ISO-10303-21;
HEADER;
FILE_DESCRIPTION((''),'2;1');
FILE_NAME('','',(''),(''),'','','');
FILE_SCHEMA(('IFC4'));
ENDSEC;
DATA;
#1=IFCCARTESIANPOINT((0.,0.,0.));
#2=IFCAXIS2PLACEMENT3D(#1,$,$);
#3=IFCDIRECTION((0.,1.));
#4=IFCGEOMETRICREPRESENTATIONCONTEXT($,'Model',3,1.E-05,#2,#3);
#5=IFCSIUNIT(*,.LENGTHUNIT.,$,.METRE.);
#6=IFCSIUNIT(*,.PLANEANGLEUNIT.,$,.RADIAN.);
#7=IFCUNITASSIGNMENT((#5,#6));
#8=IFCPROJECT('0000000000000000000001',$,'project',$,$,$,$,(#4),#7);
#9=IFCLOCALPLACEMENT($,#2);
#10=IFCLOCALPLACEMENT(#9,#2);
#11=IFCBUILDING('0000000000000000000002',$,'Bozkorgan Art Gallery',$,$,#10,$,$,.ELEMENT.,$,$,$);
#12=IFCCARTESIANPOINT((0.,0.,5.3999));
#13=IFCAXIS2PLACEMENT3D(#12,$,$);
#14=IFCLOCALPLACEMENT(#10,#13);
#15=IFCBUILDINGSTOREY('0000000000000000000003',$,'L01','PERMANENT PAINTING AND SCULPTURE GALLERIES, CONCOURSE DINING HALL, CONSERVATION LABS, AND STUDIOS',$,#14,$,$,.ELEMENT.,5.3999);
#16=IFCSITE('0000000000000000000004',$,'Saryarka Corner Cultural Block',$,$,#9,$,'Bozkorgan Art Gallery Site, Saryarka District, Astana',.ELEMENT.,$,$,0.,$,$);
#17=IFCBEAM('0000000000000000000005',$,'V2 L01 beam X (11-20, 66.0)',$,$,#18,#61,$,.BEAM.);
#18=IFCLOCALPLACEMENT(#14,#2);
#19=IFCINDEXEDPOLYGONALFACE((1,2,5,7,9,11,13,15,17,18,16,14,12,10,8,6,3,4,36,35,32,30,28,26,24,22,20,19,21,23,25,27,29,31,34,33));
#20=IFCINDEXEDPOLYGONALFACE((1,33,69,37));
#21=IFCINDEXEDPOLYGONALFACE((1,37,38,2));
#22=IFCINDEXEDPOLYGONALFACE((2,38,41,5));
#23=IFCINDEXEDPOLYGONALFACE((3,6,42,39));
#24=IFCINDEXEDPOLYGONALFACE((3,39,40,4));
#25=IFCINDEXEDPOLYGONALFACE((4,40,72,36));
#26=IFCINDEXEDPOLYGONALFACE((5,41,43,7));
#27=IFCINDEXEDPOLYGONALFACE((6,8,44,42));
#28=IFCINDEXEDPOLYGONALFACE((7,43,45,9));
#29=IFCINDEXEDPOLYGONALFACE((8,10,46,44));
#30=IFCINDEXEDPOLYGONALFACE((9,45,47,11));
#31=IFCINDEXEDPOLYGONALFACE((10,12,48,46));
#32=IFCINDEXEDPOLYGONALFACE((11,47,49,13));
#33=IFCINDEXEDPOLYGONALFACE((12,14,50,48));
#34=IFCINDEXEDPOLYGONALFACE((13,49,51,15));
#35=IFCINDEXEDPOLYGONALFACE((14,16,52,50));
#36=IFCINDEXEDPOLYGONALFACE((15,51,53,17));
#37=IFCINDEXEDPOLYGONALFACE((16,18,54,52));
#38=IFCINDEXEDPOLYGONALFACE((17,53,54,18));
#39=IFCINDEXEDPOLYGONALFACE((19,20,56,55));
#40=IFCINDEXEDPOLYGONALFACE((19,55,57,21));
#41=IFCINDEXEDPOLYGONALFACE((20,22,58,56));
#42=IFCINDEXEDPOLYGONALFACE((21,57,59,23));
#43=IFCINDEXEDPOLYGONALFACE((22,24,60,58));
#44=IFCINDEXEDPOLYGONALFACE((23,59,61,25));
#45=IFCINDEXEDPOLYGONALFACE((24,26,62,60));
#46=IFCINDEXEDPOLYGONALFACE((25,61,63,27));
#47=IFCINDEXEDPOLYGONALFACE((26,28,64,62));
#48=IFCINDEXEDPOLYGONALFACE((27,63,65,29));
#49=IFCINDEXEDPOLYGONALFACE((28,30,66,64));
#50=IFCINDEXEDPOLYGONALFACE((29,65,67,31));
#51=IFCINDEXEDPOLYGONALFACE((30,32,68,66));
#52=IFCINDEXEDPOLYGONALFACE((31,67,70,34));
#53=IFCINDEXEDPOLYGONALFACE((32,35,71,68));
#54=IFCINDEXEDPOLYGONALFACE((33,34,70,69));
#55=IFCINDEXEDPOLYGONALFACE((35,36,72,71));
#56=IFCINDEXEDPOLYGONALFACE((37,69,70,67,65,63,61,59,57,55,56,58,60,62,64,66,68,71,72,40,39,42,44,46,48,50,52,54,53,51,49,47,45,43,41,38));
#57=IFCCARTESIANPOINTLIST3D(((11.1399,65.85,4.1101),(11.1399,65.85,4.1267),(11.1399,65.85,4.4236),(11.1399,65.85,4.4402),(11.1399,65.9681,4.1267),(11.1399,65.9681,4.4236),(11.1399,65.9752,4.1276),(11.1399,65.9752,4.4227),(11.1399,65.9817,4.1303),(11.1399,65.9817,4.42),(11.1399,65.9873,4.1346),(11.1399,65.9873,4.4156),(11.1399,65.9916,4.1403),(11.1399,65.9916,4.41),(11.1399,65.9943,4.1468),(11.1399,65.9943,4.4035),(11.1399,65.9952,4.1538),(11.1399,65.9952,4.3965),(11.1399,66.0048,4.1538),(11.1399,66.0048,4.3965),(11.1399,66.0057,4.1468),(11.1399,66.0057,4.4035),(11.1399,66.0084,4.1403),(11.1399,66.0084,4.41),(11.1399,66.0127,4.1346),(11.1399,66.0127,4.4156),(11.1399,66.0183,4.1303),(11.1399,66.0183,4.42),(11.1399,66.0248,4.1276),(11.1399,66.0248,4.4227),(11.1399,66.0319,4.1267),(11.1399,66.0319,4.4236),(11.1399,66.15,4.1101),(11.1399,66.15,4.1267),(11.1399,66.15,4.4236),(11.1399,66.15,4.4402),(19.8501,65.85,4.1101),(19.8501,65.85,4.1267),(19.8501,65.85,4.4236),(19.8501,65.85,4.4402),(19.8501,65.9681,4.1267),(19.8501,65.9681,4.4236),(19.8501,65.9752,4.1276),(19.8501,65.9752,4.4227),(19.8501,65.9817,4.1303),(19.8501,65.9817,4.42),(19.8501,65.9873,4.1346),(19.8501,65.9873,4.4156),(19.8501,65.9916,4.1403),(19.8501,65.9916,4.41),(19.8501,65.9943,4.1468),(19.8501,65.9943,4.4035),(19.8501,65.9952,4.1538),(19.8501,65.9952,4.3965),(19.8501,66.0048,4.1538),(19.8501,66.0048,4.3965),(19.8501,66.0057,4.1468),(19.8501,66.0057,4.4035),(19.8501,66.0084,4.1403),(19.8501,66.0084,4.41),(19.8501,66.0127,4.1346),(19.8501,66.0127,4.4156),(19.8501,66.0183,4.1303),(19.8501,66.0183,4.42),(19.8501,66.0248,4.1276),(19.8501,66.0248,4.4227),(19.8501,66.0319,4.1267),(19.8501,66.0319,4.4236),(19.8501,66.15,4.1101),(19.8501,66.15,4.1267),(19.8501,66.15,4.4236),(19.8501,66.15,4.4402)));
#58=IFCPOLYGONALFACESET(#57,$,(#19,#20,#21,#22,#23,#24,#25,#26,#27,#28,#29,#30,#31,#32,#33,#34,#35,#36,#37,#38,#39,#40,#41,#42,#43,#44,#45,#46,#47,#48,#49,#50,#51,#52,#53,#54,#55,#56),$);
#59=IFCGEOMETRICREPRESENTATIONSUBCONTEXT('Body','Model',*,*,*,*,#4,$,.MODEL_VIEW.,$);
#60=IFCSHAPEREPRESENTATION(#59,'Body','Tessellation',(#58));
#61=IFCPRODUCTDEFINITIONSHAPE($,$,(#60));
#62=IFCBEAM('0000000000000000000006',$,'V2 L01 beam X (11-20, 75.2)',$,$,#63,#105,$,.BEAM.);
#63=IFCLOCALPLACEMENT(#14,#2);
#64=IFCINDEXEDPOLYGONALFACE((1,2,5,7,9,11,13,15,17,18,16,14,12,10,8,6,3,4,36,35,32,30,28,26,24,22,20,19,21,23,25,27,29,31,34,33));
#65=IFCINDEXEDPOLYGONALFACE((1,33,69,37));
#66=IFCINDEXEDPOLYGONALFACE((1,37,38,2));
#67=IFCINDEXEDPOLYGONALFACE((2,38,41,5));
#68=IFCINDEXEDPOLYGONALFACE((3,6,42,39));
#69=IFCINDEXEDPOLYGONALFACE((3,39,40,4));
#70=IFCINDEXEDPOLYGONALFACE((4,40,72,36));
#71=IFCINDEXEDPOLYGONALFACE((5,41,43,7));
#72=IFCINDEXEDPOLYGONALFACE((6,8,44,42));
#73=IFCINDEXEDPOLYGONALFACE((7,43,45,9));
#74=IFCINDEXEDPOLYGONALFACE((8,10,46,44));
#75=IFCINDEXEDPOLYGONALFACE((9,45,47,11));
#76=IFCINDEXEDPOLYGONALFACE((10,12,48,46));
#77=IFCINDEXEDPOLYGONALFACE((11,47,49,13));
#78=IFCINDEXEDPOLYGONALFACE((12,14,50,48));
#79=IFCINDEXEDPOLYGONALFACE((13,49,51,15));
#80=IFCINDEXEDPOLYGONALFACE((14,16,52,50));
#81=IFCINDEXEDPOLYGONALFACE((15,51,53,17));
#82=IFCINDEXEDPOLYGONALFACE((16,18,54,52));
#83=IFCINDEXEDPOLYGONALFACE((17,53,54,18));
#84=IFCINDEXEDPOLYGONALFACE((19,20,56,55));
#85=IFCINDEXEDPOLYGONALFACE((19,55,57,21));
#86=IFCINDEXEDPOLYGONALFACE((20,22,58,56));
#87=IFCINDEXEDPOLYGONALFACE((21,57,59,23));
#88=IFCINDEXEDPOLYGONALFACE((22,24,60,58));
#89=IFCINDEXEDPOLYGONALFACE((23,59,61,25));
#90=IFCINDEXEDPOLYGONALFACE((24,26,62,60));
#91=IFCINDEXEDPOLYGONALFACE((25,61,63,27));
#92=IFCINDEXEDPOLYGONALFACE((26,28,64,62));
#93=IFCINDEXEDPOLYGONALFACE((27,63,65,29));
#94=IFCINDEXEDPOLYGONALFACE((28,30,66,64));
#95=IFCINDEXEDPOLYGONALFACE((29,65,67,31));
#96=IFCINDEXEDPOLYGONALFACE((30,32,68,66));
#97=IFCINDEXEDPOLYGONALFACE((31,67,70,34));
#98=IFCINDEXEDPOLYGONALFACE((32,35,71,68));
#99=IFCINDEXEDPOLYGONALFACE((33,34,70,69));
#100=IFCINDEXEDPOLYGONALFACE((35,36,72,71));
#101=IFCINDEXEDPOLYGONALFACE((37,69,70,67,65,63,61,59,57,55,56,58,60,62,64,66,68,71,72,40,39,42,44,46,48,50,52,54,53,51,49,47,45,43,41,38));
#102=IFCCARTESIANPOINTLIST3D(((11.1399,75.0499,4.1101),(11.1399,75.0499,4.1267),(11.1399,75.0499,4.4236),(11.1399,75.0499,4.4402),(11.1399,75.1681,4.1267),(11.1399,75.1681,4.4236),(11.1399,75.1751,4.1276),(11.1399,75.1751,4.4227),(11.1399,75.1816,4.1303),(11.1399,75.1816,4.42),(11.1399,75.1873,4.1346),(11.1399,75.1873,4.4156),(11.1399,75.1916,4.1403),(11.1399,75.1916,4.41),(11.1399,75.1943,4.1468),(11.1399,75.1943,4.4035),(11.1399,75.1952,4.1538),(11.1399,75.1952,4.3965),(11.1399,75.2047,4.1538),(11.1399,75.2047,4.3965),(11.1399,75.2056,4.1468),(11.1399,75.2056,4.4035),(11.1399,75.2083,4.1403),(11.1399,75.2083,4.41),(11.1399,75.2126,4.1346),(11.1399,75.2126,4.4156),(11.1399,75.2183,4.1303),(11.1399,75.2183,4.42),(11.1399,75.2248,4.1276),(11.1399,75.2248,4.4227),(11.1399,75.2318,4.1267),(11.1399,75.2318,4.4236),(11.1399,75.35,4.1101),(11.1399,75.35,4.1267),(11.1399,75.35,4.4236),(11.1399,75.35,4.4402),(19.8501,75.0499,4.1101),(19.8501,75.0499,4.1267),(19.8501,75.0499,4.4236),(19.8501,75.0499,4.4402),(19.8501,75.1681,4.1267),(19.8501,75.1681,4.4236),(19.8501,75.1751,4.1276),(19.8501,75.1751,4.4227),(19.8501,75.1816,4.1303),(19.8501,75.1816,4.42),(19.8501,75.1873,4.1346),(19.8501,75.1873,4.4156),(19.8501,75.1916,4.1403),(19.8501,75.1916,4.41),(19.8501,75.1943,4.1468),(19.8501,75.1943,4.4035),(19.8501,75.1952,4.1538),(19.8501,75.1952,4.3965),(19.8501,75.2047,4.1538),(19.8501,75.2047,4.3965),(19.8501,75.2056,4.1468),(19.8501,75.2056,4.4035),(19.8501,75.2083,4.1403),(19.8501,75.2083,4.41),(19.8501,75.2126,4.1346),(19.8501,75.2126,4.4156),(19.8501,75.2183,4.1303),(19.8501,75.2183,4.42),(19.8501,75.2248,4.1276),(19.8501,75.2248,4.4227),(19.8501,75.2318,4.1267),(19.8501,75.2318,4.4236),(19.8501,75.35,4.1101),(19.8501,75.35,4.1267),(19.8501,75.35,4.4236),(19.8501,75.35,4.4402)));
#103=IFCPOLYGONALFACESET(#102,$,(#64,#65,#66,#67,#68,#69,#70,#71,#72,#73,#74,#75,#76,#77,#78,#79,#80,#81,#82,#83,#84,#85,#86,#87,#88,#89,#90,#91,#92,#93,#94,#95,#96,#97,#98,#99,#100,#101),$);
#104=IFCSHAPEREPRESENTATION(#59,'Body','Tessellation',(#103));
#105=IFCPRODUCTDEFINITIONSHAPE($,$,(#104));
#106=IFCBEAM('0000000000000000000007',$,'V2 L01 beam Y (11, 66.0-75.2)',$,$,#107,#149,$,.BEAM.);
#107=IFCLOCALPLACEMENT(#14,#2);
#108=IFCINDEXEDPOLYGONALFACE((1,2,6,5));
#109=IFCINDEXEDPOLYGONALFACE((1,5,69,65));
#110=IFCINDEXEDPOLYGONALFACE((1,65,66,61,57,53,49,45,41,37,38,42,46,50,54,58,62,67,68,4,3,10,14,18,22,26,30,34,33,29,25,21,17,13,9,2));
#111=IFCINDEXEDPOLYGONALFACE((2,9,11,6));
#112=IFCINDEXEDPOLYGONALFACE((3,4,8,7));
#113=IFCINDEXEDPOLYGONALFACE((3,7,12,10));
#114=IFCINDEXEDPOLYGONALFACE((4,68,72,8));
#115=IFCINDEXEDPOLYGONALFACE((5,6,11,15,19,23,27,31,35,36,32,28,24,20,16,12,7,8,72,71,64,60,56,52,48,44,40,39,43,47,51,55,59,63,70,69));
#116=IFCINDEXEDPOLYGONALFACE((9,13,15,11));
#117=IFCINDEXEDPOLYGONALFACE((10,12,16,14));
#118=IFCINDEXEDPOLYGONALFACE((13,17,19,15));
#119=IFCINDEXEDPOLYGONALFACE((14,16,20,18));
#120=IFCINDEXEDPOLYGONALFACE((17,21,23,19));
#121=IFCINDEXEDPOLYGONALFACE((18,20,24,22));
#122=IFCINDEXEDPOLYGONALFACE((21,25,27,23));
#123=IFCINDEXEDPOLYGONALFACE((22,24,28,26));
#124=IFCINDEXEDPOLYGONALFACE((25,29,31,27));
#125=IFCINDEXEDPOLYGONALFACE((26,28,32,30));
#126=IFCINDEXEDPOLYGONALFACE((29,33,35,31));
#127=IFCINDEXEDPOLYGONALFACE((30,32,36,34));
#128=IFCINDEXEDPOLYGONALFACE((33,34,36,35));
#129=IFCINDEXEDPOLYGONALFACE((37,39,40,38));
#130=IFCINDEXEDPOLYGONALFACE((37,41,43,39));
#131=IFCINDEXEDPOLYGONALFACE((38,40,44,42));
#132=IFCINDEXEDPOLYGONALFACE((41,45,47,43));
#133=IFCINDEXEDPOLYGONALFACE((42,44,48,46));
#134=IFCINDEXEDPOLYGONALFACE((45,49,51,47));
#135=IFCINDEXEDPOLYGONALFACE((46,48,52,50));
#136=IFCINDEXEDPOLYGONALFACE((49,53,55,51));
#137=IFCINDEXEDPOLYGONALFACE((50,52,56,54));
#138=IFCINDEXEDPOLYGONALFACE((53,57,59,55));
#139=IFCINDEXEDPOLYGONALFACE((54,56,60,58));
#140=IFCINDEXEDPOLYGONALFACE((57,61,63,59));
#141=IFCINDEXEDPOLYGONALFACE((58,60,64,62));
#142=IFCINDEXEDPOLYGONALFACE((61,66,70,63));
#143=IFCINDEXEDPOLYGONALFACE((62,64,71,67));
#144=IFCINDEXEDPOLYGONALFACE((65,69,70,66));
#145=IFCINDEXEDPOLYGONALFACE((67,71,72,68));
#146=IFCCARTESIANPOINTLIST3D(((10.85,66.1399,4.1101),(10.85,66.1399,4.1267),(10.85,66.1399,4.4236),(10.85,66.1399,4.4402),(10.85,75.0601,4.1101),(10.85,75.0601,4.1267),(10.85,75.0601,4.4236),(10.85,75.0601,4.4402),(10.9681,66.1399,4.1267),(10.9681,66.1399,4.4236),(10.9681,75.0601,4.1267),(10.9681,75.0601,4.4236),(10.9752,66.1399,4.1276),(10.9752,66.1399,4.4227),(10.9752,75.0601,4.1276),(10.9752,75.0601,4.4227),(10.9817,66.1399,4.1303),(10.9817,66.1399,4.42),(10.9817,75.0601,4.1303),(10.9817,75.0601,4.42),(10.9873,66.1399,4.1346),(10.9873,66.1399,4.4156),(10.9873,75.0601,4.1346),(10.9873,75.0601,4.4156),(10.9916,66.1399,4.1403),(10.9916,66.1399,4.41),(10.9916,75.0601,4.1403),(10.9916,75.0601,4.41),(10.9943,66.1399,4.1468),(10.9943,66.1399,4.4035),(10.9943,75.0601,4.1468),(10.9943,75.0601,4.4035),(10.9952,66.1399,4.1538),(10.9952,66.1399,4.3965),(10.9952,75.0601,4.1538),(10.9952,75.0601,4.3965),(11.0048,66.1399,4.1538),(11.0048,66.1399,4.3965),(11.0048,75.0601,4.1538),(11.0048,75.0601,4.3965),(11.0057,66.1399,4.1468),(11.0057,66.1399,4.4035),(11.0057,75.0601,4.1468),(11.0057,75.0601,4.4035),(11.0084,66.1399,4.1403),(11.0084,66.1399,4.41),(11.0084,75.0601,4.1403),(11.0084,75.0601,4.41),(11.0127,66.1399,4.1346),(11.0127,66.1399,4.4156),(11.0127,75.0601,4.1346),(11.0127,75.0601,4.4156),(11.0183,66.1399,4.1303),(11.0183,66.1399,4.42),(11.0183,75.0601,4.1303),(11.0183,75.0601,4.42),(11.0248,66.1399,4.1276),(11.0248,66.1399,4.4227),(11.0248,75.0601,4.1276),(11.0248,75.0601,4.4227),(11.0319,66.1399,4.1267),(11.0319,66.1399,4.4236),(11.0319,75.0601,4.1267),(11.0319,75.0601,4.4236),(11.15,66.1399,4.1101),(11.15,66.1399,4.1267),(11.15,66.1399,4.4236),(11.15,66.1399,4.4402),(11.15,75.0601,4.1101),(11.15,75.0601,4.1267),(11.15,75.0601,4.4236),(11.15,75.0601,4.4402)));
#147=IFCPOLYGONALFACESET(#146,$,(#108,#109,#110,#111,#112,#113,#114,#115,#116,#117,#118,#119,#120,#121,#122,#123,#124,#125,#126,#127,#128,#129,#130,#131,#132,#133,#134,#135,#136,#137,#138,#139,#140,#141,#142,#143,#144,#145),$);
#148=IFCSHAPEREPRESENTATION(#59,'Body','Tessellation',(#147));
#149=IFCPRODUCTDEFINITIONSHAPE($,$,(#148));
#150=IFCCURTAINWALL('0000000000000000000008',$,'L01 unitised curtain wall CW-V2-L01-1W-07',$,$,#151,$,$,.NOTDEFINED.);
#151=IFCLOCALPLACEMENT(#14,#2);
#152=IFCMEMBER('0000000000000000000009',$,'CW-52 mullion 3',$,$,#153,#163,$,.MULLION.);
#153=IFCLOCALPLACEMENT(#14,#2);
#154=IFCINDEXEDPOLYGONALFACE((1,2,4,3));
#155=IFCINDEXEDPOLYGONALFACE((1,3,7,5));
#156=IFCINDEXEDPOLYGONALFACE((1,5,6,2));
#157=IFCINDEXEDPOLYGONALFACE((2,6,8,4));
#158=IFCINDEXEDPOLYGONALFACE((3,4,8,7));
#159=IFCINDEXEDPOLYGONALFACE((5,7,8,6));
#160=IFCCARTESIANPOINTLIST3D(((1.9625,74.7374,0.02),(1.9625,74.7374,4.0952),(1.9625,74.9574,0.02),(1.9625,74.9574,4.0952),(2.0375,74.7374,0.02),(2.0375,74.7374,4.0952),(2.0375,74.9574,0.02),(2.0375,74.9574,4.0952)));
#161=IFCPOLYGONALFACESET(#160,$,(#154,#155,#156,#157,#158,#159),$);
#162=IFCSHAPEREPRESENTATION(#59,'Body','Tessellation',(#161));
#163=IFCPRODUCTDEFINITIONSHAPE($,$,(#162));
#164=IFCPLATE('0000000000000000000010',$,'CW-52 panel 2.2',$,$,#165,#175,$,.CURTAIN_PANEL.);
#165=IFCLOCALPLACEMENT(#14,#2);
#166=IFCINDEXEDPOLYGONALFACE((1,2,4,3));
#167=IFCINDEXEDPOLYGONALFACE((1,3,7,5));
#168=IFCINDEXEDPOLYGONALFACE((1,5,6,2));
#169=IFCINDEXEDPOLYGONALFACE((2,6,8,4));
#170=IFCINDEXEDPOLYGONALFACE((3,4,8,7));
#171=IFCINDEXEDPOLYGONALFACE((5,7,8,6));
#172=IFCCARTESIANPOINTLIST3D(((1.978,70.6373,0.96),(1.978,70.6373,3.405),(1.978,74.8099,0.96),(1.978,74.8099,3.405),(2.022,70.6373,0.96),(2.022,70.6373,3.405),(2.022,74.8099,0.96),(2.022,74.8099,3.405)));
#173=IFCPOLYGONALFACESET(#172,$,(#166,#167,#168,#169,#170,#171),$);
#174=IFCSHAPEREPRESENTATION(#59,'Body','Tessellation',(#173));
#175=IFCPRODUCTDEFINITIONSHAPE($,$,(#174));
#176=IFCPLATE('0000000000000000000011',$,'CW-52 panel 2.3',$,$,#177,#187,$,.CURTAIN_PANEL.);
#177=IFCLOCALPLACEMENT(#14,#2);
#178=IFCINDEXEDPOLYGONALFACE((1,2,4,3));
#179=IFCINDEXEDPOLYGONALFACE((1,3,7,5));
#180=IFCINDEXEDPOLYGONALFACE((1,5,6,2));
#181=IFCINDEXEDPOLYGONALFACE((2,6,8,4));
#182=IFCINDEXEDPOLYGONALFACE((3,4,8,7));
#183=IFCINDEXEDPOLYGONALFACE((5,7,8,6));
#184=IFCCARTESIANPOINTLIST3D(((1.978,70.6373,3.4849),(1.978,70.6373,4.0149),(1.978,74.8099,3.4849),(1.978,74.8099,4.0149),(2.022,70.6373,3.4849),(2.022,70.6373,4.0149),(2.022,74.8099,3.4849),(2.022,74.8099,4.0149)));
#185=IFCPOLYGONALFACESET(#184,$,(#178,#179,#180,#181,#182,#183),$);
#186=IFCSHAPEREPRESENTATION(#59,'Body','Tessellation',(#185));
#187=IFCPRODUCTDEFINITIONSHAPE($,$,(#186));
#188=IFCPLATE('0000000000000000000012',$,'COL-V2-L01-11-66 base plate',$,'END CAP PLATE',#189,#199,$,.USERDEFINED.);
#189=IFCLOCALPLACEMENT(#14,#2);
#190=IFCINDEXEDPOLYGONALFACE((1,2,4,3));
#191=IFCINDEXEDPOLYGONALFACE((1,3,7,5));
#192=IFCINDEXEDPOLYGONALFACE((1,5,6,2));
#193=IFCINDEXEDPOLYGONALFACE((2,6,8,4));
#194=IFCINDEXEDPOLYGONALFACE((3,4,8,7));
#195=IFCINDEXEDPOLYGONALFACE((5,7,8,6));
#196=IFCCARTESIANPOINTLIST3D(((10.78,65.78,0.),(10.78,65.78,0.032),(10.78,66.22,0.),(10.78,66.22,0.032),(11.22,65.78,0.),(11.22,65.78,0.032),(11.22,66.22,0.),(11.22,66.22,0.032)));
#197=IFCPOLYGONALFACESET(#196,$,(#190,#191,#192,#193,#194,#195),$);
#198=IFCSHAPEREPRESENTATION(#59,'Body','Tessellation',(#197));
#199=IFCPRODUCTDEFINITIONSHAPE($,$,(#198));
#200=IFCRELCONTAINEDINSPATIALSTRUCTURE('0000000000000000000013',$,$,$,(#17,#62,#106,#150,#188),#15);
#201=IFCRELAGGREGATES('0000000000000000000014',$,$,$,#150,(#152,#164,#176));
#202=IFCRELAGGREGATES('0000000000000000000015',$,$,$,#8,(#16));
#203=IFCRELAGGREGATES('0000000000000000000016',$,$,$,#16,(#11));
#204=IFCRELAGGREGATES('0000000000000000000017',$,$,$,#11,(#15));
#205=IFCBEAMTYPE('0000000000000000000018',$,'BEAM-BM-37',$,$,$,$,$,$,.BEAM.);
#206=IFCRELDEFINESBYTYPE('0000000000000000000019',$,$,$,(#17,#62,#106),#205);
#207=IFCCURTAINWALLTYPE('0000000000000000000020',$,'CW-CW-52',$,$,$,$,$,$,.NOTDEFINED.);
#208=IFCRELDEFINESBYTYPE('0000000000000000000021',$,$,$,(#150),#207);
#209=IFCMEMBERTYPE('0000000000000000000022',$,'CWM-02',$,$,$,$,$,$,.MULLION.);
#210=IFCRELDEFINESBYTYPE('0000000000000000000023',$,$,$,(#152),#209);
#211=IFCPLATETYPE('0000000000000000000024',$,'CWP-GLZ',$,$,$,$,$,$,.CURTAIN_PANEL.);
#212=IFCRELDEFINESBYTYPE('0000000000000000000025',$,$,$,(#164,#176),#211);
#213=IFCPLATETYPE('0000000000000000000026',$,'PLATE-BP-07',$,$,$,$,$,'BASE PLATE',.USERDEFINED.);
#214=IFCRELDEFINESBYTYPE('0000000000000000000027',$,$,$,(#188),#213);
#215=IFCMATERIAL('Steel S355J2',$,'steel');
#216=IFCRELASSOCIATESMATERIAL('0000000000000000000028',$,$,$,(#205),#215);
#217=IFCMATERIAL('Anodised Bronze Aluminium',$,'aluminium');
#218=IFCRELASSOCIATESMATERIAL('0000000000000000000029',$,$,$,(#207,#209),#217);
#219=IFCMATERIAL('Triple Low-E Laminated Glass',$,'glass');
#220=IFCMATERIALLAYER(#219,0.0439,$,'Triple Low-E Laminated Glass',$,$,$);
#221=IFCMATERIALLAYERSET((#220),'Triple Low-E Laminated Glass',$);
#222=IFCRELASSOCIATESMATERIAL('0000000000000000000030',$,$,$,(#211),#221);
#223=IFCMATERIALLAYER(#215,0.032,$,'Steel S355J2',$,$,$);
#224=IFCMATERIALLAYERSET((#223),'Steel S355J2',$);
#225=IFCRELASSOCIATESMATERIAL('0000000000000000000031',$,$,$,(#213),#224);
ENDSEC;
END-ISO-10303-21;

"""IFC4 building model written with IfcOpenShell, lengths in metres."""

from ifc_helpers import new_model, si_unit, direction, frame, origin, origin_2d, place, context, subcontext, project, spatial, rectangle, i_section, extrude, material, layer, layer_set, material_profile, profile_set, type_object, element, aggregate, save


model = new_model("IFC4")

# Units and contexts
model_context = context("Model", 3, precision=1e-05, world=origin(), true_north=direction((0.0, 1.0)))
body_context = subcontext(model_context, "Body", "Model", "MODEL_VIEW")
ifc_project = project(units=[si_unit("LENGTHUNIT", "METRE"), si_unit("PLANEANGLEUNIT", "RADIAN")], contexts=[model_context])

# Site, building, storey
site_placement = place(None, origin())
site = spatial("IfcSite", under=ifc_project, at=site_placement, Name="Saryarka Corner Cultural Block", LongName="Bozkorgan Art Gallery Site, Saryarka District, Astana", CompositionType="ELEMENT", RefElevation=0.0)
building_placement = place(site_placement, origin())
building = spatial("IfcBuilding", under=site, at=building_placement, Name="Bozkorgan Art Gallery", CompositionType="ELEMENT")
storey_placement = place(building_placement, frame((0.0, 0.0, 5.3999)))
storey = spatial("IfcBuildingStorey", under=building, at=storey_placement, Name="L01", Description="PERMANENT PAINTING AND SCULPTURE GALLERIES, CONCOURSE DINING HALL, CONSERVATION LABS, AND STUDIOS", CompositionType="ELEMENT", Elevation=5.3999)

# Shared definitions
ifc_material_1 = material(Name="Steel S355J2", Category="steel")

# Beams
ifc_material_profile_1 = material_profile(ifc_material_1, i_section(OverallWidth=0.3, OverallDepth=0.3301, WebThickness=0.0095, FlangeThickness=0.0166, FilletRadius=0.0271, at=origin_2d()), Name="HEA 340")
ifc_profile_set_1 = profile_set([ifc_material_profile_1], Name="Steel S355J2")
beam_type = type_object("IfcBeamType", Name="BEAM-BM-37", PredefinedType="BEAM", material=ifc_profile_set_1)
for number, where, z_axis, x_axis, name in (
    (1, (11.1399, 66.0, 4.2751), (1.0, 0.0, 0.0), (0.0, 1.0, 0.0), "V2 L01 beam X (11-20, 66.0)"),
    (2, (11.1399, 75.2, 4.2751), (1.0, 0.0, 0.0), (0.0, 1.0, 0.0), "V2 L01 beam X (11-20, 75.2)"),
):
    element("IfcBeam", number, at=place(storey_placement, frame(where, z_axis=z_axis, x_axis=x_axis)), inside=storey, type_object=beam_type, Name=name, PredefinedType="BEAM", context=body_context, shape_type="SweptSolid", body=[
        extrude(i_section(OverallWidth=0.3, OverallDepth=0.3301, WebThickness=0.0095, FlangeThickness=0.0166, FilletRadius=0.0271, at=origin_2d()), origin(), (0.0, 0.0, 1.0), 8.7102),
    ])
beam_placement = place(storey_placement, frame((11.0, 66.1399, 4.2751), z_axis=(0.0, 1.0, 0.0), x_axis=(-1.0, 0.0, 0.0)))
element("IfcBeam", 3, at=beam_placement, inside=storey, type_object=beam_type, Name="V2 L01 beam Y (11, 66.0-75.2)", PredefinedType="BEAM", context=body_context, shape_type="SweptSolid", body=[
    extrude(i_section(OverallWidth=0.3, OverallDepth=0.3301, WebThickness=0.0095, FlangeThickness=0.0166, FilletRadius=0.0271, at=origin_2d()), origin(), (0.0, 0.0, 1.0), 8.9202),
])

# Curtain wall, member, plates
ifc_material_2 = material(Name="Anodised Bronze Aluminium", Category="aluminium")
curtain_wall_type = type_object("IfcCurtainWallType", Name="CW-CW-52", PredefinedType="NOTDEFINED", material=ifc_material_2)
curtain_wall_placement = place(storey_placement, origin())
curtain_wall = element("IfcCurtainWall", 4, at=curtain_wall_placement, inside=storey, type_object=curtain_wall_type, Name="L01 unitised curtain wall CW-V2-L01-1W-07", PredefinedType="NOTDEFINED")
ifc_material_profile_2 = material_profile(ifc_material_2, rectangle(XDim=0.075, YDim=0.22, at=origin_2d()), Name="ALU MULLION 75x220")
ifc_profile_set_2 = profile_set([ifc_material_profile_2], Name="Anodised Bronze Aluminium")
member_type = type_object("IfcMemberType", Name="CWM-02", PredefinedType="MULLION", material=ifc_profile_set_2)
member_placement = place(storey_placement, frame((2.0, 74.8474, 0.02), z_axis=(0.0, 0.0, 1.0), x_axis=(-1.0, 0.0, 0.0)))
member = element("IfcMember", 5, at=member_placement, type_object=member_type, Name="CW-52 mullion 3", PredefinedType="MULLION", context=body_context, shape_type="SweptSolid", body=[
    extrude(rectangle(XDim=0.075, YDim=0.22, at=origin_2d()), origin(), (0.0, 0.0, 1.0), 4.0752),
])
ifc_material_3 = material(Name="Triple Low-E Laminated Glass", Category="glass")
ifc_layer_1 = layer(ifc_material_3, 0.0439, Name="Triple Low-E Laminated Glass")
ifc_layer_set_1 = layer_set([ifc_layer_1], Name="Triple Low-E Laminated Glass")
plate_type_1 = type_object("IfcPlateType", Name="CWP-GLZ", PredefinedType="CURTAIN_PANEL", material=ifc_layer_set_1)
plate_1_placement = place(storey_placement, frame((2.0, 72.7236, 0.96), z_axis=(0.0, 0.0, 1.0), x_axis=(0.0, 1.0, 0.0)))
plate_1 = element("IfcPlate", 6, at=plate_1_placement, type_object=plate_type_1, Name="CW-52 panel 2.2", PredefinedType="CURTAIN_PANEL", context=body_context, shape_type="SweptSolid", body=[
    extrude(rectangle(XDim=4.1726, YDim=0.0439, at=origin_2d()), origin(), (0.0, 0.0, 1.0), 2.4451),
])
plate_2_placement = place(storey_placement, frame((2.0, 72.7236, 3.4849), z_axis=(0.0, 0.0, 1.0), x_axis=(0.0, 1.0, 0.0)))
plate_2 = element("IfcPlate", 7, at=plate_2_placement, type_object=plate_type_1, Name="CW-52 panel 2.3", PredefinedType="CURTAIN_PANEL", context=body_context, shape_type="SweptSolid", body=[
    extrude(rectangle(XDim=4.1726, YDim=0.0439, at=origin_2d()), origin(), (0.0, 0.0, 1.0), 0.53),
])
aggregate(curtain_wall, [member, plate_1, plate_2])

# Plate
ifc_layer_2 = layer(ifc_material_1, 0.032, Name="Steel S355J2")
ifc_layer_set_2 = layer_set([ifc_layer_2], Name="Steel S355J2")
plate_type_2 = type_object("IfcPlateType", Name="PLATE-BP-07", ElementType="BASE PLATE", PredefinedType="USERDEFINED", material=ifc_layer_set_2)
for number, where, z_axis, x_axis, name in (
    (8, (11.0, 66.0, 0.0), (0.0, 0.0, 1.0), (1.0, 0.0, 0.0), "COL-V2-L01-11-66 base plate"),
):
    element("IfcPlate", number, at=place(storey_placement, frame(where, z_axis=z_axis, x_axis=x_axis)), inside=storey, type_object=plate_type_2, Name=name, ObjectType="END CAP PLATE", PredefinedType="USERDEFINED", context=body_context, shape_type="SweptSolid", body=[
        extrude(rectangle(XDim=0.4399, YDim=0.4399, at=origin_2d()), origin(), (0.0, 0.0, 1.0), 0.032),
    ])

save(model, "model.ifc")
